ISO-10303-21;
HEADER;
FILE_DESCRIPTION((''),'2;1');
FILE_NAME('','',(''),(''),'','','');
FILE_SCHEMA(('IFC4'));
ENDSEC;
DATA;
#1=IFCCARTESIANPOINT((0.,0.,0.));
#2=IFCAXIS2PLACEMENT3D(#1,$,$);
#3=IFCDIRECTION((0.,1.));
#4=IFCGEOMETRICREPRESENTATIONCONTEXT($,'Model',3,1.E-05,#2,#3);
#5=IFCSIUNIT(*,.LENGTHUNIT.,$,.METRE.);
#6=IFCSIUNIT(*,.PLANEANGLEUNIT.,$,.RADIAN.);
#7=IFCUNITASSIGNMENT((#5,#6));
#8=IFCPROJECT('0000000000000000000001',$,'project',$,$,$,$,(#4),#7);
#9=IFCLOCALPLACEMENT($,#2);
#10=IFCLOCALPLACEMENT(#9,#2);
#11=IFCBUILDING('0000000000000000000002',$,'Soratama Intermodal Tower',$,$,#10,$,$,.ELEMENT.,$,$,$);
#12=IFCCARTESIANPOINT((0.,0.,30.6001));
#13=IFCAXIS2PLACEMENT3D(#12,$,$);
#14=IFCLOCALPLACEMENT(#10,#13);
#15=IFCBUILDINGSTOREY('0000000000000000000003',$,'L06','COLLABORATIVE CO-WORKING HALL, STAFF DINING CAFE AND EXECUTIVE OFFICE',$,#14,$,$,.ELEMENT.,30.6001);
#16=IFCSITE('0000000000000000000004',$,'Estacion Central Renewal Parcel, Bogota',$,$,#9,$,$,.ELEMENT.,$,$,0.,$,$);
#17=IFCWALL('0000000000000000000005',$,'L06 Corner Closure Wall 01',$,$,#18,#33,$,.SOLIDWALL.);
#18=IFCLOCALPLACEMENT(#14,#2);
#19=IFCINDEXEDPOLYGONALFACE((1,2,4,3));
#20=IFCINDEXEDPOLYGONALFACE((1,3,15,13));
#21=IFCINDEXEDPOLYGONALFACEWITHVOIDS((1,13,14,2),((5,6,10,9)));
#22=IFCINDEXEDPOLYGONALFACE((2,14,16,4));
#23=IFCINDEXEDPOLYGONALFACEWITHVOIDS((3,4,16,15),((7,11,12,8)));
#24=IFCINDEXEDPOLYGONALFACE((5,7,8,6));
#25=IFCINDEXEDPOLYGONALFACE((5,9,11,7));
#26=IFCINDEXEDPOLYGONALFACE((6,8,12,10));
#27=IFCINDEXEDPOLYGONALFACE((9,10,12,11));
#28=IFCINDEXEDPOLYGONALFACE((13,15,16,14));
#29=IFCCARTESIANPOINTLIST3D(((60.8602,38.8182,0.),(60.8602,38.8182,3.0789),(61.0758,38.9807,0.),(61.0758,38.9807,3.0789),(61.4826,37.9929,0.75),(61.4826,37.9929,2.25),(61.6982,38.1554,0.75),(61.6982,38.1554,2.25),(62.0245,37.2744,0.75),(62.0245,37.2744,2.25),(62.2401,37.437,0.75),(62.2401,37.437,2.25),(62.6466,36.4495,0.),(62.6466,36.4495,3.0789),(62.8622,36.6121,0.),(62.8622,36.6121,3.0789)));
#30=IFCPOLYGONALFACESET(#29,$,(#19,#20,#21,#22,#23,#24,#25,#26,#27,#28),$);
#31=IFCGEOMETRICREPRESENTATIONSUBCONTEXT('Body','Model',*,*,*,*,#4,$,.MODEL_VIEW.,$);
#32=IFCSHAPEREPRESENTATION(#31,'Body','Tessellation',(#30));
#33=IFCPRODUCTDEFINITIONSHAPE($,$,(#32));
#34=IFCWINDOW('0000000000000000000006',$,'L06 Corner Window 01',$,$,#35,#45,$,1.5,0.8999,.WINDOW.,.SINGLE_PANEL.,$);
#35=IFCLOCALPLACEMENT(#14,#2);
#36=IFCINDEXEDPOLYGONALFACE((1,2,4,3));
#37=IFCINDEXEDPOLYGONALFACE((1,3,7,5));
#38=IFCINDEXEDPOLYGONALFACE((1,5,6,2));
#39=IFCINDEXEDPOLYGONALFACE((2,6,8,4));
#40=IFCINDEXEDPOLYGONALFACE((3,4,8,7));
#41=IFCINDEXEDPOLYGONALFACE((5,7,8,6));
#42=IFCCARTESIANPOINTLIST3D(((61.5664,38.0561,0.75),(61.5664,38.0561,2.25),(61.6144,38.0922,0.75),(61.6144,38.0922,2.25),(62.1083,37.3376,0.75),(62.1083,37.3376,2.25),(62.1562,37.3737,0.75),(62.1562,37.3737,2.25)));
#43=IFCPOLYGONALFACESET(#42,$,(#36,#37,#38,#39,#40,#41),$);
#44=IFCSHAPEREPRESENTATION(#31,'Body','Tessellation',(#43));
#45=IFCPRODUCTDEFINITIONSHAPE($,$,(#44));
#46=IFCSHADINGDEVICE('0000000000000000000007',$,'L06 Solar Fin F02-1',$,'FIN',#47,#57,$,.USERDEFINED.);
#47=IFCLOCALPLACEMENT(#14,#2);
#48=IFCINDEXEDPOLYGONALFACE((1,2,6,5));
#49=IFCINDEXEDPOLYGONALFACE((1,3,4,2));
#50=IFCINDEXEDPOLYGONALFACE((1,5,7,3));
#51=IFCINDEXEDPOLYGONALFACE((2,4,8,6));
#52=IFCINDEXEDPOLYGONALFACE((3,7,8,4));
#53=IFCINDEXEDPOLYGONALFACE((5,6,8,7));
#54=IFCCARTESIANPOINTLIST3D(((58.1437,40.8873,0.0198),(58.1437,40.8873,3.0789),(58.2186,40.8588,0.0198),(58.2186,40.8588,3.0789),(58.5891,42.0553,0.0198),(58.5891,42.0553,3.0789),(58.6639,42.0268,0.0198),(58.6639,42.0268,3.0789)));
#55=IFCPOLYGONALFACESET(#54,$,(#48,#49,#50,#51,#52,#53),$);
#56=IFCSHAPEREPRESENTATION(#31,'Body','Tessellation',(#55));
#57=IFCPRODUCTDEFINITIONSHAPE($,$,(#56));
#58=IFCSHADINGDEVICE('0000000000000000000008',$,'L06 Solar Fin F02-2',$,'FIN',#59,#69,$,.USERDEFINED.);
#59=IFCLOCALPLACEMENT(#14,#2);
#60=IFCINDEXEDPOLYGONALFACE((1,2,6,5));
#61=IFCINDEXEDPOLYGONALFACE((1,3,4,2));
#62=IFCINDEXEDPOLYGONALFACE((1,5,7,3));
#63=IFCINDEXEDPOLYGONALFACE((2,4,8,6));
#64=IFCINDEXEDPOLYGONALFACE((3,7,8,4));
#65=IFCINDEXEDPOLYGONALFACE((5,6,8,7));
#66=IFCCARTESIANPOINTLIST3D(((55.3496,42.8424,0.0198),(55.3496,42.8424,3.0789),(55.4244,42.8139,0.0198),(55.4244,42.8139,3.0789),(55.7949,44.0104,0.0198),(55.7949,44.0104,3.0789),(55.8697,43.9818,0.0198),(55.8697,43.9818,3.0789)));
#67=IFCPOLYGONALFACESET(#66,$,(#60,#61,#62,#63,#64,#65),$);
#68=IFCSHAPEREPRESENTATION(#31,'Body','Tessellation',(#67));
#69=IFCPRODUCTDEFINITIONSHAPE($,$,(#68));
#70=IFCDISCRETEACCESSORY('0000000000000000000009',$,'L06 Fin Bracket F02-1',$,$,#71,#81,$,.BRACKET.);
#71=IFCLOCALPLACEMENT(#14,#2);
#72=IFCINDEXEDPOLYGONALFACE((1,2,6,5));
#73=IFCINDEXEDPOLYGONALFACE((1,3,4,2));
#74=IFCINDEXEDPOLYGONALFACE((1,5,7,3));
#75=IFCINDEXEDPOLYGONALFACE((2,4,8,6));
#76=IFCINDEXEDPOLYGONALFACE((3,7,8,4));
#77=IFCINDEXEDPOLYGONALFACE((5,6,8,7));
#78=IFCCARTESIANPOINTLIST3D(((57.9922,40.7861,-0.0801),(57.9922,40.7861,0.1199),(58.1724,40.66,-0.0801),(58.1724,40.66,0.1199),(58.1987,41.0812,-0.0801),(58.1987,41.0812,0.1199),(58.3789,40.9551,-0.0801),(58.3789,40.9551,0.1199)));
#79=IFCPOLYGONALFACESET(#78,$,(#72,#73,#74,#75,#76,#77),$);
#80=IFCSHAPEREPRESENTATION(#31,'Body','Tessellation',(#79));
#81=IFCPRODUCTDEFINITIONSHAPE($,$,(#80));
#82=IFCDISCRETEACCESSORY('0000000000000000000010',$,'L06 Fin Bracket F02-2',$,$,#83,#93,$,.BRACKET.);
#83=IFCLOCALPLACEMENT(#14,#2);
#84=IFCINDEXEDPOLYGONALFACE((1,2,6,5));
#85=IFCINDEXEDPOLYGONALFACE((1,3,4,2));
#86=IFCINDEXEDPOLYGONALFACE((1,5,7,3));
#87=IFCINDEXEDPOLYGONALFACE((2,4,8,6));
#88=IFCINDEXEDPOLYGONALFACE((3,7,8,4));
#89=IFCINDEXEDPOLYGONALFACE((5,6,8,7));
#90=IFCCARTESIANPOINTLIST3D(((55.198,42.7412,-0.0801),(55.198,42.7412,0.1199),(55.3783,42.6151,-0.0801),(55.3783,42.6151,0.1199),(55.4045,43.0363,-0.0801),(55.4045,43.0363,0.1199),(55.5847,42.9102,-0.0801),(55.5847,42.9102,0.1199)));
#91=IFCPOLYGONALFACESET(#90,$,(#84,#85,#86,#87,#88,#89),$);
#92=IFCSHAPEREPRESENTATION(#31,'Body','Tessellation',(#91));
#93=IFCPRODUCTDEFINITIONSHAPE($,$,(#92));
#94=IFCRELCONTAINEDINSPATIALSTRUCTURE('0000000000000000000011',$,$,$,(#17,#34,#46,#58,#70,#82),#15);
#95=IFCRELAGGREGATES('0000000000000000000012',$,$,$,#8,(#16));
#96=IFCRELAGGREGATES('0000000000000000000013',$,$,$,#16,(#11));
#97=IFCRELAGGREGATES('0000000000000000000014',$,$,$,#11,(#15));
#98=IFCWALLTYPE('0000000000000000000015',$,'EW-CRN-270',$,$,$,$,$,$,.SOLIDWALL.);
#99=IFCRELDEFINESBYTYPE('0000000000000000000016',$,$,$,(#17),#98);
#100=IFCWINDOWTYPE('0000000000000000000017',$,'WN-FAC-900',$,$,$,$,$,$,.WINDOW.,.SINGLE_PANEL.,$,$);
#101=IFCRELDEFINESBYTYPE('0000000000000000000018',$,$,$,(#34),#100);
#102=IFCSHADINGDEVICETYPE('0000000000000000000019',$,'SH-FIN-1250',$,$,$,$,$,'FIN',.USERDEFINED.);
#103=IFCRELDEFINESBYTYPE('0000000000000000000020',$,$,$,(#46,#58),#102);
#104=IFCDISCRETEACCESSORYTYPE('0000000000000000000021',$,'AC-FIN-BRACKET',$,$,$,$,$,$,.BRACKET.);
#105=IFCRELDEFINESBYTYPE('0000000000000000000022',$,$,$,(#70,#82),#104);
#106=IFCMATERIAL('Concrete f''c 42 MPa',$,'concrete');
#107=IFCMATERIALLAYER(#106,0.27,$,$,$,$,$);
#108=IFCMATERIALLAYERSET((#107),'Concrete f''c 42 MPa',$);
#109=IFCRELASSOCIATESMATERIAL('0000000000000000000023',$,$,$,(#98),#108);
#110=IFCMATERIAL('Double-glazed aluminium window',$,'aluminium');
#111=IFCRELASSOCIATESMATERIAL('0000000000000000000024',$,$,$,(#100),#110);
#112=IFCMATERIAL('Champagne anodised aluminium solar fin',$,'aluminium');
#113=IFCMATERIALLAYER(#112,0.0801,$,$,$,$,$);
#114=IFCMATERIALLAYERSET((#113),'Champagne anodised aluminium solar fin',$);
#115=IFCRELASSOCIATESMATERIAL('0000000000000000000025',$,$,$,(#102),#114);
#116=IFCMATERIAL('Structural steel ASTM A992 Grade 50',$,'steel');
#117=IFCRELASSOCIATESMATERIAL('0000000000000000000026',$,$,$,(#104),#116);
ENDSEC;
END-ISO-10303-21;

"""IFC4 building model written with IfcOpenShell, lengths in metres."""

from ifc_helpers import new_model, si_unit, direction, frame, frame_2d, origin, origin_2d, place, context, subcontext, project, spatial, rectangle, extrude, material, layer, layer_set, type_object, element, fill, save


model = new_model("IFC4")

# Units and contexts
model_context = context("Model", 3, precision=1e-05, world=origin(), true_north=direction((0.0, 1.0)))
body_context = subcontext(model_context, "Body", "Model", "MODEL_VIEW")
ifc_project = project(units=[si_unit("LENGTHUNIT", "METRE"), si_unit("PLANEANGLEUNIT", "RADIAN")], contexts=[model_context])

# Site, building, storey
site_placement = place(None, origin())
site = spatial("IfcSite", under=ifc_project, at=site_placement, Name="Estacion Central Renewal Parcel, Bogota", CompositionType="ELEMENT", RefElevation=0.0)
building_placement = place(site_placement, origin())
building = spatial("IfcBuilding", under=site, at=building_placement, Name="Soratama Intermodal Tower", CompositionType="ELEMENT")
storey_placement = place(building_placement, frame((0.0, 0.0, 30.6001)))
storey = spatial("IfcBuildingStorey", under=building, at=storey_placement, Name="L06", Description="COLLABORATIVE CO-WORKING HALL, STAFF DINING CAFE AND EXECUTIVE OFFICE", CompositionType="ELEMENT", Elevation=30.6001)

# Wall, opening, window
ifc_material_1 = material(Name="Concrete f'c 42 MPa", Category="concrete")
ifc_layer_1 = layer(ifc_material_1, 0.27)
ifc_layer_set_1 = layer_set([ifc_layer_1], Name="Concrete f'c 42 MPa")
wall_type = type_object("IfcWallType", Name="EW-CRN-270", PredefinedType="SOLIDWALL", material=ifc_layer_set_1)
wall_placement = place(storey_placement, frame((62.7544, 36.5308, 0.0), z_axis=(0.0, 0.0, 1.0), x_axis=(-0.602131, 0.798397, 0.0)))
wall = element("IfcWall", 1, at=wall_placement, inside=storey, type_object=wall_type, Name="L06 Corner Closure Wall 01", PredefinedType="SOLIDWALL", context=body_context, shape_type="SweptSolid", body=[
    extrude(rectangle(XDim=2.9668, YDim=0.27, at=frame_2d((1.4834, 0.0))), origin(), (0.0, 0.0, 1.0), 3.0789),
])
opening_placement = place(wall_placement, frame((1.0332, 0.0, 0.75)))
opening = element("IfcOpeningElement", 2, at=opening_placement, cuts=wall, PredefinedType="OPENING", context=body_context, shape_type="SweptSolid", body=[
    extrude(rectangle(XDim=0.8999, YDim=1.5, at=frame_2d((0.45, 0.75))), frame((0.0, 0.145, 0.0), z_axis=(0.0, -1.0, 0.0), x_axis=(1.0, 0.0, 0.0)), (0.0, 0.0, 1.0), 0.29),
])
ifc_material_2 = material(Name="Double-glazed aluminium window", Category="aluminium")
window_type = type_object("IfcWindowType", Name="WN-FAC-900", PartitioningType="SINGLE_PANEL", PredefinedType="WINDOW", material=ifc_material_2)
window_placement = place(opening_placement, origin())
window = element("IfcWindow", 3, at=window_placement, inside=storey, type_object=window_type, Name="L06 Corner Window 01", OverallHeight=1.5, OverallWidth=0.8999, PartitioningType="SINGLE_PANEL", PredefinedType="WINDOW", context=body_context, shape_type="SweptSolid", body=[
    extrude(rectangle(XDim=0.8999, YDim=1.5, at=frame_2d((0.45, 0.75))), frame((0.0, 0.03, 0.0), z_axis=(0.0, -1.0, 0.0), x_axis=(1.0, 0.0, 0.0)), (0.0, 0.0, 1.0), 0.0601),
])
fill(opening, window)

# Shading devices
ifc_material_3 = material(Name="Champagne anodised aluminium solar fin", Category="aluminium")
ifc_layer_2 = layer(ifc_material_3, 0.0801)
ifc_layer_set_2 = layer_set([ifc_layer_2], Name="Champagne anodised aluminium solar fin")
shading_device_type = type_object("IfcShadingDeviceType", Name="SH-FIN-1250", ElementType="FIN", PredefinedType="USERDEFINED", material=ifc_layer_set_2)
for number, where, z_axis, x_axis, name in (
    (4, (58.4038, 41.457, 0.0198), (0.0, 0.0, 1.0), (0.356249, 0.934391, 0.0), "L06 Solar Fin F02-1"),
    (5, (55.6096, 43.4121, 0.0198), (0.0, 0.0, 1.0), (0.356249, 0.934391, 0.0), "L06 Solar Fin F02-2"),
):
    element("IfcShadingDevice", number, at=place(storey_placement, frame(where, z_axis=z_axis, x_axis=x_axis)), inside=storey, type_object=shading_device_type, Name=name, ObjectType="FIN", PredefinedType="USERDEFINED", context=body_context, shape_type="SweptSolid", body=[
        extrude(rectangle(XDim=1.25, YDim=0.0801, at=origin_2d()), origin(), (0.0, 0.0, 1.0), 3.0591),
    ])

# Discrete accessories
ifc_material_4 = material(Name="Structural steel ASTM A992 Grade 50", Category="steel")
discrete_accessory_type = type_object("IfcDiscreteAccessoryType", Name="AC-FIN-BRACKET", PredefinedType="BRACKET", material=ifc_material_4)
for number, where, z_axis, x_axis, name in (
    (6, (58.1855, 40.8706, -0.0801), (0.0, 0.0, 1.0), (0.57329, 0.819352, 0.0), "L06 Fin Bracket F02-1"),
    (7, (55.3914, 42.8257, -0.0801), (0.0, 0.0, 1.0), (0.57329, 0.819352, 0.0), "L06 Fin Bracket F02-2"),
):
    element("IfcDiscreteAccessory", number, at=place(storey_placement, frame(where, z_axis=z_axis, x_axis=x_axis)), inside=storey, type_object=discrete_accessory_type, Name=name, PredefinedType="BRACKET", context=body_context, shape_type="SweptSolid", body=[
        extrude(rectangle(XDim=0.3601, YDim=0.22, at=origin_2d()), origin(), (0.0, 0.0, 1.0), 0.2),
    ])

save(model, "model.ifc")
